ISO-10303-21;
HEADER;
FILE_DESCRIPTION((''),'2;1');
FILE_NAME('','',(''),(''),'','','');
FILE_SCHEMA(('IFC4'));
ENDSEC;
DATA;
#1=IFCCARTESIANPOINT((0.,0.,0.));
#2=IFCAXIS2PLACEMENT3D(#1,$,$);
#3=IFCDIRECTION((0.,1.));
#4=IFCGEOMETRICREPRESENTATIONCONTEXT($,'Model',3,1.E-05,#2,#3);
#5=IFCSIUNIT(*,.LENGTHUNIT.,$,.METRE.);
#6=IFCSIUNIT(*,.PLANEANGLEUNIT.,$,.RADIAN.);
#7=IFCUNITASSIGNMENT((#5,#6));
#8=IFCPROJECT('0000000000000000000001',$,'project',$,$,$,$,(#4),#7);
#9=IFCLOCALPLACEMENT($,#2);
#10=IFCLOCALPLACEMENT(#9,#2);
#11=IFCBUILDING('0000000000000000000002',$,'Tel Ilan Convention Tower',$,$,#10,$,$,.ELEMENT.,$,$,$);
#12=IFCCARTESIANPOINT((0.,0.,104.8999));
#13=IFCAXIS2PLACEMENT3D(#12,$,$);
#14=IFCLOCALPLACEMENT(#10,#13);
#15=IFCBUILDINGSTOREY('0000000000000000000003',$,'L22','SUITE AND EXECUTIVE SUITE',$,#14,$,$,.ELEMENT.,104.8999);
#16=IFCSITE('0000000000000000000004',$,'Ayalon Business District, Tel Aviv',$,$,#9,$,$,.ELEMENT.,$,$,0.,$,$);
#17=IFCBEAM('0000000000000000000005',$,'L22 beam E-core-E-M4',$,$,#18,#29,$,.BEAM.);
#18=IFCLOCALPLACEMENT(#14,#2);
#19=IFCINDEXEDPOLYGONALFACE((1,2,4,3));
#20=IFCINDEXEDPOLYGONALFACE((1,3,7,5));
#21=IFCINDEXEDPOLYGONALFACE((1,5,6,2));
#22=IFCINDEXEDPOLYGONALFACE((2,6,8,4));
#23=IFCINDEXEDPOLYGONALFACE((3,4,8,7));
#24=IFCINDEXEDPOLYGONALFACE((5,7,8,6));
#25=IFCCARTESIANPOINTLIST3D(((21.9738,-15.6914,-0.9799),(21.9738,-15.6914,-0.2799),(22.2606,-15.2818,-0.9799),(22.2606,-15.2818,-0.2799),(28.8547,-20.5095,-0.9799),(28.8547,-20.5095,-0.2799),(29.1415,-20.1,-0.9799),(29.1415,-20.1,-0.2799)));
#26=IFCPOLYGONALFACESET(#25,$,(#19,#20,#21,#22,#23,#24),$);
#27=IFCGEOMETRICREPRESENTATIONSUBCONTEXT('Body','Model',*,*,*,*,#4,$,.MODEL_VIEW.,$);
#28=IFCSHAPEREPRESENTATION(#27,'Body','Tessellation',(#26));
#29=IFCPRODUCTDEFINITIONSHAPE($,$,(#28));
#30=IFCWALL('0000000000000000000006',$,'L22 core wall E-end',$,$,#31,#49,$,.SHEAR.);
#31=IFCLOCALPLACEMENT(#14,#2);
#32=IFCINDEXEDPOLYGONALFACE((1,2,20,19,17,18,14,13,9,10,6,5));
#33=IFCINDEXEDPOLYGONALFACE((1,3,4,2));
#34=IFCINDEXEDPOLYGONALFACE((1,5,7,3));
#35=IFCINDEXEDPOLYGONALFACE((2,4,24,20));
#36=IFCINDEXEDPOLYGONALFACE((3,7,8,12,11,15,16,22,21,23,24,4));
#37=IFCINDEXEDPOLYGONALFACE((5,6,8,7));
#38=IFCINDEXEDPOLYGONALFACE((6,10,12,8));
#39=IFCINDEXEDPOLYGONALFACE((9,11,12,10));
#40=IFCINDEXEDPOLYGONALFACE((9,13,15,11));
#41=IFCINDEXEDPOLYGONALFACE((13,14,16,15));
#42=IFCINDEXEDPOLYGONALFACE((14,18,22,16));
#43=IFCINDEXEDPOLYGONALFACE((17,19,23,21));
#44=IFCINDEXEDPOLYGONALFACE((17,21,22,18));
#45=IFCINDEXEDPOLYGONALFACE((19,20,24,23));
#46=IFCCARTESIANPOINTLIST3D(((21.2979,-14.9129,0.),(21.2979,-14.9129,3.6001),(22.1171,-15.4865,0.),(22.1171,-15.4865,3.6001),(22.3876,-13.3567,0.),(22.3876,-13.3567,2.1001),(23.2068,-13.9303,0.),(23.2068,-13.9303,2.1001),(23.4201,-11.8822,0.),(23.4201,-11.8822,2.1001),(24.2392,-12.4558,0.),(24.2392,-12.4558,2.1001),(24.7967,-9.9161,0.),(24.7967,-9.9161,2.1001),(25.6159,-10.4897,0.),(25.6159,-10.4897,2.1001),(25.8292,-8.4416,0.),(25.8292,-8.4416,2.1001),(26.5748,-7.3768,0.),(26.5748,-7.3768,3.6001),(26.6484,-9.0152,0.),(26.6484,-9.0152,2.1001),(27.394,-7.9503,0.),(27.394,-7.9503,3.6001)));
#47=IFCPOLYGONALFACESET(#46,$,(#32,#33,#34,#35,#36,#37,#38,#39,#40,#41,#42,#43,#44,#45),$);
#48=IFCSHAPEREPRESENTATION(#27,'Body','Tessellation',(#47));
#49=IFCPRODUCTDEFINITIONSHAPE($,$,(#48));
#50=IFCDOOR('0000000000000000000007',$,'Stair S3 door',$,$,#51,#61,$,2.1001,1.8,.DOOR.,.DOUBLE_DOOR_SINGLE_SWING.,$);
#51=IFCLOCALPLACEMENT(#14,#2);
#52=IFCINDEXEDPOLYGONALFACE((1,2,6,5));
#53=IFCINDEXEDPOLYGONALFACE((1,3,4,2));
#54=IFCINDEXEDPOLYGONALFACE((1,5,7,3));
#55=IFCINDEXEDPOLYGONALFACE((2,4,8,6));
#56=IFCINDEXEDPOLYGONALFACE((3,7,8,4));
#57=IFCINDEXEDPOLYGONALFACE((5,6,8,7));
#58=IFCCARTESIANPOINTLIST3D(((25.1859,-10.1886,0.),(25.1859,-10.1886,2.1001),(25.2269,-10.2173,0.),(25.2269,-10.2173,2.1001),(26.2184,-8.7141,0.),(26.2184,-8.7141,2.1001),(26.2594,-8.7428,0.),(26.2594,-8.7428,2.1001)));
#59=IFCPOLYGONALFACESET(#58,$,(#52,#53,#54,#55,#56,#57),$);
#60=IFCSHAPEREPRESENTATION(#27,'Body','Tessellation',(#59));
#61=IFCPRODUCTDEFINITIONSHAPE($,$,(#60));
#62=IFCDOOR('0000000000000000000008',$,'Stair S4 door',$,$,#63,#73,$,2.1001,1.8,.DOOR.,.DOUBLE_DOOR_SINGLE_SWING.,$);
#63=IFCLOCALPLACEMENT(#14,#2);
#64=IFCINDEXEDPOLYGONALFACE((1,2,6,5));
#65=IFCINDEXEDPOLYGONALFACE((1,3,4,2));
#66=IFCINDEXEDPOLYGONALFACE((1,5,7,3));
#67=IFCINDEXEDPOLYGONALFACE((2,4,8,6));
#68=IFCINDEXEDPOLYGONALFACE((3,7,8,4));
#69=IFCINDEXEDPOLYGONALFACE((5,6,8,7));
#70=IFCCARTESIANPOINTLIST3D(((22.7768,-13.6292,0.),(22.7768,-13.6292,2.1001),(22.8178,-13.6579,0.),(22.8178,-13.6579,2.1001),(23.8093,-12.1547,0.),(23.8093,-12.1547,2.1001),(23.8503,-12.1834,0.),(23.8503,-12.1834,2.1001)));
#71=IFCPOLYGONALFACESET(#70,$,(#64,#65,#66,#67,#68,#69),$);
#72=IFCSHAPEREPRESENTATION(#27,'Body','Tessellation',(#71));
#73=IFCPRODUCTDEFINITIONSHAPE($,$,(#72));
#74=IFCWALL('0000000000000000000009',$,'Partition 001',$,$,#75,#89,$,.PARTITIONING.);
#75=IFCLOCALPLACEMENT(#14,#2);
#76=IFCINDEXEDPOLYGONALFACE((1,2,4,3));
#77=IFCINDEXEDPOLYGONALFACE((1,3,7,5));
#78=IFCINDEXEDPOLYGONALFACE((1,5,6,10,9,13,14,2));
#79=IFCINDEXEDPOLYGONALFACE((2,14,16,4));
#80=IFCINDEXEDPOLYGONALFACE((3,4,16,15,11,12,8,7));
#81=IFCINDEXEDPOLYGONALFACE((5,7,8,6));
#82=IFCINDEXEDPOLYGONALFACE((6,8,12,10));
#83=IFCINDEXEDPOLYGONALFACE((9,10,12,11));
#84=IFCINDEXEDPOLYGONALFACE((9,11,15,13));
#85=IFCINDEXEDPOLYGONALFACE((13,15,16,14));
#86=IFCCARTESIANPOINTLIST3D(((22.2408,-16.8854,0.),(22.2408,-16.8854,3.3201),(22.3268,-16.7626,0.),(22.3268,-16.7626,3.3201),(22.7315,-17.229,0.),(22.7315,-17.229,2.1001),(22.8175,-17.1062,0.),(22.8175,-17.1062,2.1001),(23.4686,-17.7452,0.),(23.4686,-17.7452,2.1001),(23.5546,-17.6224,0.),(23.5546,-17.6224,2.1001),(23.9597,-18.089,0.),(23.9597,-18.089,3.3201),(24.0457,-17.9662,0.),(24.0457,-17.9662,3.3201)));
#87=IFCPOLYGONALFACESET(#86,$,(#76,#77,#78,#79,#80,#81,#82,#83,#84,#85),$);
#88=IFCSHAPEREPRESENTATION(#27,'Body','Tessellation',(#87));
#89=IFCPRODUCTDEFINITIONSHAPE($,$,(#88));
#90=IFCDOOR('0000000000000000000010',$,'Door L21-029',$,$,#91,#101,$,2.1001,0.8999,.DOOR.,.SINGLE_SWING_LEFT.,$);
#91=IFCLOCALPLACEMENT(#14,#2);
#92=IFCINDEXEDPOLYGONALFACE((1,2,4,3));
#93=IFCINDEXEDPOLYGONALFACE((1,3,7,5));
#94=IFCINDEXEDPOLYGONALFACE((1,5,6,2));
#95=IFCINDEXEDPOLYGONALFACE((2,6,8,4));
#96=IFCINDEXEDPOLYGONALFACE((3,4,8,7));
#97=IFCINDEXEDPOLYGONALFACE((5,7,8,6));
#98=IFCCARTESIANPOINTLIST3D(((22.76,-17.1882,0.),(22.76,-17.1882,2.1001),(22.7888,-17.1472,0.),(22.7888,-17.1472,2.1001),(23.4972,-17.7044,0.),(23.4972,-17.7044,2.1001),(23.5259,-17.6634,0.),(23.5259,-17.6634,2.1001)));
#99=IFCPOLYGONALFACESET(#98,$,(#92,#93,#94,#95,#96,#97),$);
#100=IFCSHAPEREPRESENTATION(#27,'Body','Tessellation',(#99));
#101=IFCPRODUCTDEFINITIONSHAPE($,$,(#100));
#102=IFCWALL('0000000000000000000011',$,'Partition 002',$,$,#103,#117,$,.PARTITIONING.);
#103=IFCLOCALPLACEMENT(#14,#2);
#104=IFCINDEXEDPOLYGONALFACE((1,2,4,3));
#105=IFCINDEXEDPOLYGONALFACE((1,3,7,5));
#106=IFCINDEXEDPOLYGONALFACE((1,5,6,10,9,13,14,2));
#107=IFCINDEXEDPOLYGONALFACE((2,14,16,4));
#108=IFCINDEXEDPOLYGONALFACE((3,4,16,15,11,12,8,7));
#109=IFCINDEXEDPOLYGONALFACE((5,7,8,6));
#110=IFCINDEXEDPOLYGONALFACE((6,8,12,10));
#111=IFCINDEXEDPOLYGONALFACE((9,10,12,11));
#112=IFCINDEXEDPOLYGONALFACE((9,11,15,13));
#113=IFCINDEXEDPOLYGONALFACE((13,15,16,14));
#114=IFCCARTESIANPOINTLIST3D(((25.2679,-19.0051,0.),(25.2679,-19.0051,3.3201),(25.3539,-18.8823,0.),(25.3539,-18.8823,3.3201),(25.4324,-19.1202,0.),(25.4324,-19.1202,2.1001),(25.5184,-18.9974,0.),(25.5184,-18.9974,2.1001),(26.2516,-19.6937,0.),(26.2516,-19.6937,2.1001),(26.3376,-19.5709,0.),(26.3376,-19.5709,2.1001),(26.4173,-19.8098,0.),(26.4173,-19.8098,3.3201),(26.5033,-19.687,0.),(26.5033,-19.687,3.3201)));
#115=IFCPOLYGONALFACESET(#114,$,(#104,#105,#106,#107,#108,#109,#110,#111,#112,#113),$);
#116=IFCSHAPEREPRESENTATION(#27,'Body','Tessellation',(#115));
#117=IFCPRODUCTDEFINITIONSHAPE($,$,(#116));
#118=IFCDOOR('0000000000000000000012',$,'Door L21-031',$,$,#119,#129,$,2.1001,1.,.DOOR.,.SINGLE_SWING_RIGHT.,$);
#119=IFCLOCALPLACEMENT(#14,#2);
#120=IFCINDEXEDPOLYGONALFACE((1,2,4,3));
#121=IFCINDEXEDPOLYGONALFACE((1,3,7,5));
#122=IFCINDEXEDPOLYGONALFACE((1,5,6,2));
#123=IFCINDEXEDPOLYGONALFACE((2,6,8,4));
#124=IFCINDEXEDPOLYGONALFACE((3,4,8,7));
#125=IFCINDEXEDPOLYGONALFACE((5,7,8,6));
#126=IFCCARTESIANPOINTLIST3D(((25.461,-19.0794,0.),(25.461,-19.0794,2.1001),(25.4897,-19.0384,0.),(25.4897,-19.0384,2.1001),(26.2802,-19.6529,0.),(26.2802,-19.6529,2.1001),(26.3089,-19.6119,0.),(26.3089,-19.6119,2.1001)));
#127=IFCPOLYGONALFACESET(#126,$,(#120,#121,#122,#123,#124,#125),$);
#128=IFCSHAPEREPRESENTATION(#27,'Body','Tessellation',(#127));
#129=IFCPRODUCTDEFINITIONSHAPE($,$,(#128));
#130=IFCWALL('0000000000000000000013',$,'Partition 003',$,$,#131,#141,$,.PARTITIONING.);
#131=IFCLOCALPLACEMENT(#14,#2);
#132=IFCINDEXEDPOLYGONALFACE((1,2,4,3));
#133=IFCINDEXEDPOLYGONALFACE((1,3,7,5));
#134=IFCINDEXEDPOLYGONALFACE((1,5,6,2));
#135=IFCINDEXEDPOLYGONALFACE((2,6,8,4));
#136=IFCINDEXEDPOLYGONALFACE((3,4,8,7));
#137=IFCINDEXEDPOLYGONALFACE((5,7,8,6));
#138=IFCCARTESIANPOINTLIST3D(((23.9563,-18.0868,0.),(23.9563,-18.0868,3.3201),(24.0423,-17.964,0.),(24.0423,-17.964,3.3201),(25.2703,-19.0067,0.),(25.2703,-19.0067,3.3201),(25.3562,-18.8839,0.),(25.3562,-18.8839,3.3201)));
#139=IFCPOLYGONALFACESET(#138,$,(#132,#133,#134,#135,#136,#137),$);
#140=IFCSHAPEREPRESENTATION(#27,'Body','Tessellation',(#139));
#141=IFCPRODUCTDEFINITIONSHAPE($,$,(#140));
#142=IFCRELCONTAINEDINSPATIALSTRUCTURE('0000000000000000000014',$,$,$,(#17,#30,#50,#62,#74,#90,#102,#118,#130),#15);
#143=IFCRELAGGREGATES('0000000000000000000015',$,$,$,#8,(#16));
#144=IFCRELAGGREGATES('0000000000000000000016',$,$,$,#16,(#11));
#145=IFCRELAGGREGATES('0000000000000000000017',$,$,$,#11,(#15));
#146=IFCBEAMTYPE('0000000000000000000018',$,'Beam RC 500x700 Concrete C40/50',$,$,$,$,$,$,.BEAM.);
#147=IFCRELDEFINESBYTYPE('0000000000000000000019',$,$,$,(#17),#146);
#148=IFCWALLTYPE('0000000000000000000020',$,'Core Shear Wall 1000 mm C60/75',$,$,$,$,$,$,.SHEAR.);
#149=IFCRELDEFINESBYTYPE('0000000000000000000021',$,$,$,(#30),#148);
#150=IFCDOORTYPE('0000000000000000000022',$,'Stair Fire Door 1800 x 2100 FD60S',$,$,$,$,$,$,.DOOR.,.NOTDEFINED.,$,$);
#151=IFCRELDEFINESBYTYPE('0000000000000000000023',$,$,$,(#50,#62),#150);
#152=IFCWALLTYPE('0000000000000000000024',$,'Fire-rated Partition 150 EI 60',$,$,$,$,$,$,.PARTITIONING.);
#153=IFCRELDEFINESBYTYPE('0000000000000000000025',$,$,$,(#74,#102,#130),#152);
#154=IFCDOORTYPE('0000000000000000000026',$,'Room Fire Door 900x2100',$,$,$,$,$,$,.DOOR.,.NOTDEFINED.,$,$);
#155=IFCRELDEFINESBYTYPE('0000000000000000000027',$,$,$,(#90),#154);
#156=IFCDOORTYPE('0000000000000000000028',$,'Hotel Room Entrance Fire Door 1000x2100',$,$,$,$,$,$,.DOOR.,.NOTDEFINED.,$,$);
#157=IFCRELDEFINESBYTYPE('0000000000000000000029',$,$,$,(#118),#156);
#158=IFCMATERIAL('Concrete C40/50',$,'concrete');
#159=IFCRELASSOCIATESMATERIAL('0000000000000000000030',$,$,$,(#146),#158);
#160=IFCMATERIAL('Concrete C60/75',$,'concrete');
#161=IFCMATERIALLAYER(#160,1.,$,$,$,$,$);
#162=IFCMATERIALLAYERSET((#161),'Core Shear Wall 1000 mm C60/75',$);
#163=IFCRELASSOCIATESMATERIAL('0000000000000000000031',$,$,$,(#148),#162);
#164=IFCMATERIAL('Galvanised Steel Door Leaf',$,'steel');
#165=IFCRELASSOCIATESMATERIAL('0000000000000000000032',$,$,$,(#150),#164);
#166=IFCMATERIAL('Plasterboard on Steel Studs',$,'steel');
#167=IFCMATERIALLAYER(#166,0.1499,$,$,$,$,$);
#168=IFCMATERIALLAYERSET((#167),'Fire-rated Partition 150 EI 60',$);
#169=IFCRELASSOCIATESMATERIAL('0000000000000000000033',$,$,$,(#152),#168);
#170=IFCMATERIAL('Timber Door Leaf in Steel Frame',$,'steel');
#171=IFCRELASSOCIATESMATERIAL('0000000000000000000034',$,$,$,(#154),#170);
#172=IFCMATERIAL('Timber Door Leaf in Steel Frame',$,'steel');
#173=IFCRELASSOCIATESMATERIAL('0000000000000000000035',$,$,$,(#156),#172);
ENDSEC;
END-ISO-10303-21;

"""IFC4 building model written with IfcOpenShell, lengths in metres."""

from ifc_helpers import new_model, si_unit, direction, frame, frame_2d, origin, origin_2d, place, context, subcontext, project, spatial, polyline, rectangle, outline, extrude, material, layer, layer_set, material_profile, profile_set, type_object, element, fill, save


model = new_model("IFC4")

# Units and contexts
model_context = context("Model", 3, precision=1e-05, world=origin(), true_north=direction((0.0, 1.0)))
body_context = subcontext(model_context, "Body", "Model", "MODEL_VIEW")
ifc_project = project(units=[si_unit("LENGTHUNIT", "METRE"), si_unit("PLANEANGLEUNIT", "RADIAN")], contexts=[model_context])

# Site, building, storey
site_placement = place(None, origin())
site = spatial("IfcSite", under=ifc_project, at=site_placement, Name="Ayalon Business District, Tel Aviv", CompositionType="ELEMENT", RefElevation=0.0)
building_placement = place(site_placement, origin())
building = spatial("IfcBuilding", under=site, at=building_placement, Name="Tel Ilan Convention Tower", CompositionType="ELEMENT")
storey_placement = place(building_placement, frame((0.0, 0.0, 104.8999)))
storey = spatial("IfcBuildingStorey", under=building, at=storey_placement, Name="L22", Description="SUITE AND EXECUTIVE SUITE", CompositionType="ELEMENT", Elevation=104.8999)

# Beam
ifc_material_1 = material(Name="Concrete C40/50", Category="concrete")
ifc_material_profile = material_profile(ifc_material_1, rectangle(XDim=0.5, YDim=0.7, at=origin_2d()), Name="RC 500x700")
ifc_profile_set = profile_set([ifc_material_profile], Name="Concrete C40/50")
beam_type = type_object("IfcBeamType", Name="Beam RC 500x700 Concrete C40/50", PredefinedType="BEAM", material=ifc_profile_set)
beam_placement = place(storey_placement, frame((22.1172, -15.4866, -0.6299), z_axis=(0.819147, -0.573583, 0.0), x_axis=(0.573583, 0.819147, 0.0)))
element("IfcBeam", 1, at=beam_placement, inside=storey, type_object=beam_type, Name="L22 beam E-core-E-M4", PredefinedType="BEAM", context=body_context, shape_type="SweptSolid", body=[
    extrude(rectangle(XDim=0.5, YDim=0.7, at=origin_2d()), origin(), (0.0, 0.0, 1.0), 8.4001),
])

# Wall, openings, doors
ifc_material_2 = material(Name="Concrete C60/75", Category="concrete")
ifc_layer_1 = layer(ifc_material_2, 1.0)
ifc_layer_set_1 = layer_set([ifc_layer_1], Name="Core Shear Wall 1000 mm C60/75")
wall_type_1 = type_object("IfcWallType", Name="Core Shear Wall 1000 mm C60/75", PredefinedType="SHEAR", material=ifc_layer_set_1)
wall_1_placement = place(storey_placement, frame((21.7075, -15.1997, 0.0), z_axis=(0.0, 0.0, 1.0), x_axis=(0.573576, 0.819152, 0.0)))
wall_1 = element("IfcWall", 2, at=wall_1_placement, inside=storey, type_object=wall_type_1, Name="L22 core wall E-end", PredefinedType="SHEAR", context=body_context, shape_type="SweptSolid", body=[
    extrude(outline(polyline([(9.2, 0.5), (0.0, 0.5), (0.0, -0.5), (9.2, -0.5), (9.2, 0.5)])), origin(), (0.0, 0.0, 1.0), 3.6001),
])
opening_1_placement = place(wall_1_placement, frame((6.1001, 0.0, 0.0)))
opening_1 = element("IfcOpeningElement", 3, at=opening_1_placement, cuts=wall_1, PredefinedType="OPENING", context=body_context, shape_type="SweptSolid", body=[
    extrude(rectangle(XDim=1.8, YDim=2.1001, at=frame_2d((0.8999, 1.05))), frame((0.0, 0.51, 0.0), z_axis=(0.0, -1.0, 0.0), x_axis=(1.0, 0.0, 0.0)), (0.0, 0.0, 1.0), 1.02),
])
opening_2_placement = place(wall_1_placement, frame((1.8999, 0.0, 0.0)))
opening_2 = element("IfcOpeningElement", 4, at=opening_2_placement, cuts=wall_1, PredefinedType="OPENING", context=body_context, shape_type="SweptSolid", body=[
    extrude(rectangle(XDim=1.8, YDim=2.1001, at=frame_2d((0.8999, 1.05))), frame((0.0, 0.51, 0.0), z_axis=(0.0, -1.0, 0.0), x_axis=(1.0, 0.0, 0.0)), (0.0, 0.0, 1.0), 1.02),
])
ifc_material_3 = material(Name="Galvanised Steel Door Leaf", Category="steel")
door_type_1 = type_object("IfcDoorType", Name="Stair Fire Door 1800 x 2100 FD60S", OperationType="NOTDEFINED", PredefinedType="DOOR", material=ifc_material_3)
door_1_placement = place(opening_1_placement, origin())
door_1 = element("IfcDoor", 5, at=door_1_placement, inside=storey, type_object=door_type_1, Name="Stair S3 door", OperationType="DOUBLE_DOOR_SINGLE_SWING", OverallHeight=2.1001, OverallWidth=1.8, PredefinedType="DOOR", context=body_context, shape_type="SweptSolid", body=[
    extrude(rectangle(XDim=1.8, YDim=2.1001, at=frame_2d((0.8999, 1.05))), frame((0.0, 0.0249, 0.0), z_axis=(0.0, -1.0, 0.0), x_axis=(1.0, 0.0, 0.0)), (0.0, 0.0, 1.0), 0.05),
])
fill(opening_1, door_1)
door_2_placement = place(opening_2_placement, origin())
door_2 = element("IfcDoor", 6, at=door_2_placement, inside=storey, type_object=door_type_1, Name="Stair S4 door", OperationType="DOUBLE_DOOR_SINGLE_SWING", OverallHeight=2.1001, OverallWidth=1.8, PredefinedType="DOOR", context=body_context, shape_type="SweptSolid", body=[
    extrude(rectangle(XDim=1.8, YDim=2.1001, at=frame_2d((0.8999, 1.05))), frame((0.0, 0.0249, 0.0), z_axis=(0.0, -1.0, 0.0), x_axis=(1.0, 0.0, 0.0)), (0.0, 0.0, 1.0), 0.05),
])
fill(opening_2, door_2)

# Walls, openings, doors
ifc_material_4 = material(Name="Plasterboard on Steel Studs", Category="steel")
ifc_layer_2 = layer(ifc_material_4, 0.1499)
ifc_layer_set_2 = layer_set([ifc_layer_2], Name="Fire-rated Partition 150 EI 60")
wall_type_2 = type_object("IfcWallType", Name="Fire-rated Partition 150 EI 60", PredefinedType="PARTITIONING", material=ifc_layer_set_2)
wall_2_placement = place(storey_placement, frame((22.2837, -16.824, 0.0), z_axis=(0.0, 0.0, 1.0), x_axis=(0.819161, -0.573564, 0.0)))
wall_2 = element("IfcWall", 7, at=wall_2_placement, inside=storey, type_object=wall_type_2, Name="Partition 001", PredefinedType="PARTITIONING", context=body_context, shape_type="SweptSolid", body=[
    extrude(rectangle(XDim=2.0984, YDim=0.1499, at=frame_2d((1.0493, 0.0))), origin(), (0.0, 0.0, 1.0), 3.3201),
])
opening_3_placement = place(wall_2_placement, frame((0.5991, 0.0, 0.0)))
opening_3 = element("IfcOpeningElement", 8, at=opening_3_placement, cuts=wall_2, PredefinedType="OPENING", context=body_context, shape_type="SweptSolid", body=[
    extrude(rectangle(XDim=0.8999, YDim=2.1001, at=frame_2d((0.45, 1.05))), frame((0.0, 0.085, 0.0), z_axis=(0.0, -1.0, 0.0), x_axis=(1.0, 0.0, 0.0)), (0.0, 0.0, 1.0), 0.1699),
])
ifc_material_5 = material(Name="Timber Door Leaf in Steel Frame", Category="steel")
door_type_2 = type_object("IfcDoorType", Name="Room Fire Door 900x2100", OperationType="NOTDEFINED", PredefinedType="DOOR", material=ifc_material_5)
door_3_placement = place(opening_3_placement, origin())
door_3 = element("IfcDoor", 9, at=door_3_placement, inside=storey, type_object=door_type_2, Name="Door L21-029", OperationType="SINGLE_SWING_LEFT", OverallHeight=2.1001, OverallWidth=0.8999, PredefinedType="DOOR", context=body_context, shape_type="SweptSolid", body=[
    extrude(rectangle(XDim=0.8999, YDim=2.1001, at=frame_2d((0.45, 1.05))), frame((0.0, 0.0249, 0.0), z_axis=(0.0, -1.0, 0.0), x_axis=(1.0, 0.0, 0.0)), (0.0, 0.0, 1.0), 0.05),
])
fill(opening_3, door_3)
wall_3_placement = place(storey_placement, frame((25.3108, -18.9436, 0.0), z_axis=(0.0, 0.0, 1.0), x_axis=(0.819199, -0.573509, 0.0)))
wall_3 = element("IfcWall", 10, at=wall_3_placement, inside=storey, type_object=wall_type_2, Name="Partition 002", PredefinedType="PARTITIONING", context=body_context, shape_type="SweptSolid", body=[
    extrude(rectangle(XDim=1.4031, YDim=0.1499, at=frame_2d((0.7017, 0.0))), origin(), (0.0, 0.0, 1.0), 3.3201),
])
opening_4_placement = place(wall_3_placement, frame((0.2009, 0.0, 0.0)))
opening_4 = element("IfcOpeningElement", 11, at=opening_4_placement, cuts=wall_3, PredefinedType="OPENING", context=body_context, shape_type="SweptSolid", body=[
    extrude(rectangle(XDim=1.0, YDim=2.1001, at=frame_2d((0.5, 1.05))), frame((0.0, 0.085, 0.0), z_axis=(0.0, -1.0, 0.0), x_axis=(1.0, 0.0, 0.0)), (0.0, 0.0, 1.0), 0.1699),
])
ifc_material_6 = material(Name="Timber Door Leaf in Steel Frame", Category="steel")
door_type_3 = type_object("IfcDoorType", Name="Hotel Room Entrance Fire Door 1000x2100", OperationType="NOTDEFINED", PredefinedType="DOOR", material=ifc_material_6)
door_4_placement = place(opening_4_placement, origin())
door_4 = element("IfcDoor", 12, at=door_4_placement, inside=storey, type_object=door_type_3, Name="Door L21-031", OperationType="SINGLE_SWING_RIGHT", OverallHeight=2.1001, OverallWidth=1.0, PredefinedType="DOOR", context=body_context, shape_type="SweptSolid", body=[
    extrude(rectangle(XDim=1.0, YDim=2.1001, at=frame_2d((0.5, 1.05))), frame((0.0, 0.0249, 0.0), z_axis=(0.0, -1.0, 0.0), x_axis=(1.0, 0.0, 0.0)), (0.0, 0.0, 1.0), 0.05),
])
fill(opening_4, door_4)

# Wall
wall_4_placement = place(storey_placement, frame((23.9993, -18.0254, 0.0), z_axis=(0.0, 0.0, 1.0), x_axis=(0.819189, -0.573524, 0.0)))
element("IfcWall", 13, at=wall_4_placement, inside=storey, type_object=wall_type_2, Name="Partition 003", PredefinedType="PARTITIONING", context=body_context, shape_type="SweptSolid", body=[
    extrude(rectangle(XDim=1.604, YDim=0.1499, at=frame_2d((0.802, 0.0))), origin(), (0.0, 0.0, 1.0), 3.3201),
])

save(model, "model.ifc")
